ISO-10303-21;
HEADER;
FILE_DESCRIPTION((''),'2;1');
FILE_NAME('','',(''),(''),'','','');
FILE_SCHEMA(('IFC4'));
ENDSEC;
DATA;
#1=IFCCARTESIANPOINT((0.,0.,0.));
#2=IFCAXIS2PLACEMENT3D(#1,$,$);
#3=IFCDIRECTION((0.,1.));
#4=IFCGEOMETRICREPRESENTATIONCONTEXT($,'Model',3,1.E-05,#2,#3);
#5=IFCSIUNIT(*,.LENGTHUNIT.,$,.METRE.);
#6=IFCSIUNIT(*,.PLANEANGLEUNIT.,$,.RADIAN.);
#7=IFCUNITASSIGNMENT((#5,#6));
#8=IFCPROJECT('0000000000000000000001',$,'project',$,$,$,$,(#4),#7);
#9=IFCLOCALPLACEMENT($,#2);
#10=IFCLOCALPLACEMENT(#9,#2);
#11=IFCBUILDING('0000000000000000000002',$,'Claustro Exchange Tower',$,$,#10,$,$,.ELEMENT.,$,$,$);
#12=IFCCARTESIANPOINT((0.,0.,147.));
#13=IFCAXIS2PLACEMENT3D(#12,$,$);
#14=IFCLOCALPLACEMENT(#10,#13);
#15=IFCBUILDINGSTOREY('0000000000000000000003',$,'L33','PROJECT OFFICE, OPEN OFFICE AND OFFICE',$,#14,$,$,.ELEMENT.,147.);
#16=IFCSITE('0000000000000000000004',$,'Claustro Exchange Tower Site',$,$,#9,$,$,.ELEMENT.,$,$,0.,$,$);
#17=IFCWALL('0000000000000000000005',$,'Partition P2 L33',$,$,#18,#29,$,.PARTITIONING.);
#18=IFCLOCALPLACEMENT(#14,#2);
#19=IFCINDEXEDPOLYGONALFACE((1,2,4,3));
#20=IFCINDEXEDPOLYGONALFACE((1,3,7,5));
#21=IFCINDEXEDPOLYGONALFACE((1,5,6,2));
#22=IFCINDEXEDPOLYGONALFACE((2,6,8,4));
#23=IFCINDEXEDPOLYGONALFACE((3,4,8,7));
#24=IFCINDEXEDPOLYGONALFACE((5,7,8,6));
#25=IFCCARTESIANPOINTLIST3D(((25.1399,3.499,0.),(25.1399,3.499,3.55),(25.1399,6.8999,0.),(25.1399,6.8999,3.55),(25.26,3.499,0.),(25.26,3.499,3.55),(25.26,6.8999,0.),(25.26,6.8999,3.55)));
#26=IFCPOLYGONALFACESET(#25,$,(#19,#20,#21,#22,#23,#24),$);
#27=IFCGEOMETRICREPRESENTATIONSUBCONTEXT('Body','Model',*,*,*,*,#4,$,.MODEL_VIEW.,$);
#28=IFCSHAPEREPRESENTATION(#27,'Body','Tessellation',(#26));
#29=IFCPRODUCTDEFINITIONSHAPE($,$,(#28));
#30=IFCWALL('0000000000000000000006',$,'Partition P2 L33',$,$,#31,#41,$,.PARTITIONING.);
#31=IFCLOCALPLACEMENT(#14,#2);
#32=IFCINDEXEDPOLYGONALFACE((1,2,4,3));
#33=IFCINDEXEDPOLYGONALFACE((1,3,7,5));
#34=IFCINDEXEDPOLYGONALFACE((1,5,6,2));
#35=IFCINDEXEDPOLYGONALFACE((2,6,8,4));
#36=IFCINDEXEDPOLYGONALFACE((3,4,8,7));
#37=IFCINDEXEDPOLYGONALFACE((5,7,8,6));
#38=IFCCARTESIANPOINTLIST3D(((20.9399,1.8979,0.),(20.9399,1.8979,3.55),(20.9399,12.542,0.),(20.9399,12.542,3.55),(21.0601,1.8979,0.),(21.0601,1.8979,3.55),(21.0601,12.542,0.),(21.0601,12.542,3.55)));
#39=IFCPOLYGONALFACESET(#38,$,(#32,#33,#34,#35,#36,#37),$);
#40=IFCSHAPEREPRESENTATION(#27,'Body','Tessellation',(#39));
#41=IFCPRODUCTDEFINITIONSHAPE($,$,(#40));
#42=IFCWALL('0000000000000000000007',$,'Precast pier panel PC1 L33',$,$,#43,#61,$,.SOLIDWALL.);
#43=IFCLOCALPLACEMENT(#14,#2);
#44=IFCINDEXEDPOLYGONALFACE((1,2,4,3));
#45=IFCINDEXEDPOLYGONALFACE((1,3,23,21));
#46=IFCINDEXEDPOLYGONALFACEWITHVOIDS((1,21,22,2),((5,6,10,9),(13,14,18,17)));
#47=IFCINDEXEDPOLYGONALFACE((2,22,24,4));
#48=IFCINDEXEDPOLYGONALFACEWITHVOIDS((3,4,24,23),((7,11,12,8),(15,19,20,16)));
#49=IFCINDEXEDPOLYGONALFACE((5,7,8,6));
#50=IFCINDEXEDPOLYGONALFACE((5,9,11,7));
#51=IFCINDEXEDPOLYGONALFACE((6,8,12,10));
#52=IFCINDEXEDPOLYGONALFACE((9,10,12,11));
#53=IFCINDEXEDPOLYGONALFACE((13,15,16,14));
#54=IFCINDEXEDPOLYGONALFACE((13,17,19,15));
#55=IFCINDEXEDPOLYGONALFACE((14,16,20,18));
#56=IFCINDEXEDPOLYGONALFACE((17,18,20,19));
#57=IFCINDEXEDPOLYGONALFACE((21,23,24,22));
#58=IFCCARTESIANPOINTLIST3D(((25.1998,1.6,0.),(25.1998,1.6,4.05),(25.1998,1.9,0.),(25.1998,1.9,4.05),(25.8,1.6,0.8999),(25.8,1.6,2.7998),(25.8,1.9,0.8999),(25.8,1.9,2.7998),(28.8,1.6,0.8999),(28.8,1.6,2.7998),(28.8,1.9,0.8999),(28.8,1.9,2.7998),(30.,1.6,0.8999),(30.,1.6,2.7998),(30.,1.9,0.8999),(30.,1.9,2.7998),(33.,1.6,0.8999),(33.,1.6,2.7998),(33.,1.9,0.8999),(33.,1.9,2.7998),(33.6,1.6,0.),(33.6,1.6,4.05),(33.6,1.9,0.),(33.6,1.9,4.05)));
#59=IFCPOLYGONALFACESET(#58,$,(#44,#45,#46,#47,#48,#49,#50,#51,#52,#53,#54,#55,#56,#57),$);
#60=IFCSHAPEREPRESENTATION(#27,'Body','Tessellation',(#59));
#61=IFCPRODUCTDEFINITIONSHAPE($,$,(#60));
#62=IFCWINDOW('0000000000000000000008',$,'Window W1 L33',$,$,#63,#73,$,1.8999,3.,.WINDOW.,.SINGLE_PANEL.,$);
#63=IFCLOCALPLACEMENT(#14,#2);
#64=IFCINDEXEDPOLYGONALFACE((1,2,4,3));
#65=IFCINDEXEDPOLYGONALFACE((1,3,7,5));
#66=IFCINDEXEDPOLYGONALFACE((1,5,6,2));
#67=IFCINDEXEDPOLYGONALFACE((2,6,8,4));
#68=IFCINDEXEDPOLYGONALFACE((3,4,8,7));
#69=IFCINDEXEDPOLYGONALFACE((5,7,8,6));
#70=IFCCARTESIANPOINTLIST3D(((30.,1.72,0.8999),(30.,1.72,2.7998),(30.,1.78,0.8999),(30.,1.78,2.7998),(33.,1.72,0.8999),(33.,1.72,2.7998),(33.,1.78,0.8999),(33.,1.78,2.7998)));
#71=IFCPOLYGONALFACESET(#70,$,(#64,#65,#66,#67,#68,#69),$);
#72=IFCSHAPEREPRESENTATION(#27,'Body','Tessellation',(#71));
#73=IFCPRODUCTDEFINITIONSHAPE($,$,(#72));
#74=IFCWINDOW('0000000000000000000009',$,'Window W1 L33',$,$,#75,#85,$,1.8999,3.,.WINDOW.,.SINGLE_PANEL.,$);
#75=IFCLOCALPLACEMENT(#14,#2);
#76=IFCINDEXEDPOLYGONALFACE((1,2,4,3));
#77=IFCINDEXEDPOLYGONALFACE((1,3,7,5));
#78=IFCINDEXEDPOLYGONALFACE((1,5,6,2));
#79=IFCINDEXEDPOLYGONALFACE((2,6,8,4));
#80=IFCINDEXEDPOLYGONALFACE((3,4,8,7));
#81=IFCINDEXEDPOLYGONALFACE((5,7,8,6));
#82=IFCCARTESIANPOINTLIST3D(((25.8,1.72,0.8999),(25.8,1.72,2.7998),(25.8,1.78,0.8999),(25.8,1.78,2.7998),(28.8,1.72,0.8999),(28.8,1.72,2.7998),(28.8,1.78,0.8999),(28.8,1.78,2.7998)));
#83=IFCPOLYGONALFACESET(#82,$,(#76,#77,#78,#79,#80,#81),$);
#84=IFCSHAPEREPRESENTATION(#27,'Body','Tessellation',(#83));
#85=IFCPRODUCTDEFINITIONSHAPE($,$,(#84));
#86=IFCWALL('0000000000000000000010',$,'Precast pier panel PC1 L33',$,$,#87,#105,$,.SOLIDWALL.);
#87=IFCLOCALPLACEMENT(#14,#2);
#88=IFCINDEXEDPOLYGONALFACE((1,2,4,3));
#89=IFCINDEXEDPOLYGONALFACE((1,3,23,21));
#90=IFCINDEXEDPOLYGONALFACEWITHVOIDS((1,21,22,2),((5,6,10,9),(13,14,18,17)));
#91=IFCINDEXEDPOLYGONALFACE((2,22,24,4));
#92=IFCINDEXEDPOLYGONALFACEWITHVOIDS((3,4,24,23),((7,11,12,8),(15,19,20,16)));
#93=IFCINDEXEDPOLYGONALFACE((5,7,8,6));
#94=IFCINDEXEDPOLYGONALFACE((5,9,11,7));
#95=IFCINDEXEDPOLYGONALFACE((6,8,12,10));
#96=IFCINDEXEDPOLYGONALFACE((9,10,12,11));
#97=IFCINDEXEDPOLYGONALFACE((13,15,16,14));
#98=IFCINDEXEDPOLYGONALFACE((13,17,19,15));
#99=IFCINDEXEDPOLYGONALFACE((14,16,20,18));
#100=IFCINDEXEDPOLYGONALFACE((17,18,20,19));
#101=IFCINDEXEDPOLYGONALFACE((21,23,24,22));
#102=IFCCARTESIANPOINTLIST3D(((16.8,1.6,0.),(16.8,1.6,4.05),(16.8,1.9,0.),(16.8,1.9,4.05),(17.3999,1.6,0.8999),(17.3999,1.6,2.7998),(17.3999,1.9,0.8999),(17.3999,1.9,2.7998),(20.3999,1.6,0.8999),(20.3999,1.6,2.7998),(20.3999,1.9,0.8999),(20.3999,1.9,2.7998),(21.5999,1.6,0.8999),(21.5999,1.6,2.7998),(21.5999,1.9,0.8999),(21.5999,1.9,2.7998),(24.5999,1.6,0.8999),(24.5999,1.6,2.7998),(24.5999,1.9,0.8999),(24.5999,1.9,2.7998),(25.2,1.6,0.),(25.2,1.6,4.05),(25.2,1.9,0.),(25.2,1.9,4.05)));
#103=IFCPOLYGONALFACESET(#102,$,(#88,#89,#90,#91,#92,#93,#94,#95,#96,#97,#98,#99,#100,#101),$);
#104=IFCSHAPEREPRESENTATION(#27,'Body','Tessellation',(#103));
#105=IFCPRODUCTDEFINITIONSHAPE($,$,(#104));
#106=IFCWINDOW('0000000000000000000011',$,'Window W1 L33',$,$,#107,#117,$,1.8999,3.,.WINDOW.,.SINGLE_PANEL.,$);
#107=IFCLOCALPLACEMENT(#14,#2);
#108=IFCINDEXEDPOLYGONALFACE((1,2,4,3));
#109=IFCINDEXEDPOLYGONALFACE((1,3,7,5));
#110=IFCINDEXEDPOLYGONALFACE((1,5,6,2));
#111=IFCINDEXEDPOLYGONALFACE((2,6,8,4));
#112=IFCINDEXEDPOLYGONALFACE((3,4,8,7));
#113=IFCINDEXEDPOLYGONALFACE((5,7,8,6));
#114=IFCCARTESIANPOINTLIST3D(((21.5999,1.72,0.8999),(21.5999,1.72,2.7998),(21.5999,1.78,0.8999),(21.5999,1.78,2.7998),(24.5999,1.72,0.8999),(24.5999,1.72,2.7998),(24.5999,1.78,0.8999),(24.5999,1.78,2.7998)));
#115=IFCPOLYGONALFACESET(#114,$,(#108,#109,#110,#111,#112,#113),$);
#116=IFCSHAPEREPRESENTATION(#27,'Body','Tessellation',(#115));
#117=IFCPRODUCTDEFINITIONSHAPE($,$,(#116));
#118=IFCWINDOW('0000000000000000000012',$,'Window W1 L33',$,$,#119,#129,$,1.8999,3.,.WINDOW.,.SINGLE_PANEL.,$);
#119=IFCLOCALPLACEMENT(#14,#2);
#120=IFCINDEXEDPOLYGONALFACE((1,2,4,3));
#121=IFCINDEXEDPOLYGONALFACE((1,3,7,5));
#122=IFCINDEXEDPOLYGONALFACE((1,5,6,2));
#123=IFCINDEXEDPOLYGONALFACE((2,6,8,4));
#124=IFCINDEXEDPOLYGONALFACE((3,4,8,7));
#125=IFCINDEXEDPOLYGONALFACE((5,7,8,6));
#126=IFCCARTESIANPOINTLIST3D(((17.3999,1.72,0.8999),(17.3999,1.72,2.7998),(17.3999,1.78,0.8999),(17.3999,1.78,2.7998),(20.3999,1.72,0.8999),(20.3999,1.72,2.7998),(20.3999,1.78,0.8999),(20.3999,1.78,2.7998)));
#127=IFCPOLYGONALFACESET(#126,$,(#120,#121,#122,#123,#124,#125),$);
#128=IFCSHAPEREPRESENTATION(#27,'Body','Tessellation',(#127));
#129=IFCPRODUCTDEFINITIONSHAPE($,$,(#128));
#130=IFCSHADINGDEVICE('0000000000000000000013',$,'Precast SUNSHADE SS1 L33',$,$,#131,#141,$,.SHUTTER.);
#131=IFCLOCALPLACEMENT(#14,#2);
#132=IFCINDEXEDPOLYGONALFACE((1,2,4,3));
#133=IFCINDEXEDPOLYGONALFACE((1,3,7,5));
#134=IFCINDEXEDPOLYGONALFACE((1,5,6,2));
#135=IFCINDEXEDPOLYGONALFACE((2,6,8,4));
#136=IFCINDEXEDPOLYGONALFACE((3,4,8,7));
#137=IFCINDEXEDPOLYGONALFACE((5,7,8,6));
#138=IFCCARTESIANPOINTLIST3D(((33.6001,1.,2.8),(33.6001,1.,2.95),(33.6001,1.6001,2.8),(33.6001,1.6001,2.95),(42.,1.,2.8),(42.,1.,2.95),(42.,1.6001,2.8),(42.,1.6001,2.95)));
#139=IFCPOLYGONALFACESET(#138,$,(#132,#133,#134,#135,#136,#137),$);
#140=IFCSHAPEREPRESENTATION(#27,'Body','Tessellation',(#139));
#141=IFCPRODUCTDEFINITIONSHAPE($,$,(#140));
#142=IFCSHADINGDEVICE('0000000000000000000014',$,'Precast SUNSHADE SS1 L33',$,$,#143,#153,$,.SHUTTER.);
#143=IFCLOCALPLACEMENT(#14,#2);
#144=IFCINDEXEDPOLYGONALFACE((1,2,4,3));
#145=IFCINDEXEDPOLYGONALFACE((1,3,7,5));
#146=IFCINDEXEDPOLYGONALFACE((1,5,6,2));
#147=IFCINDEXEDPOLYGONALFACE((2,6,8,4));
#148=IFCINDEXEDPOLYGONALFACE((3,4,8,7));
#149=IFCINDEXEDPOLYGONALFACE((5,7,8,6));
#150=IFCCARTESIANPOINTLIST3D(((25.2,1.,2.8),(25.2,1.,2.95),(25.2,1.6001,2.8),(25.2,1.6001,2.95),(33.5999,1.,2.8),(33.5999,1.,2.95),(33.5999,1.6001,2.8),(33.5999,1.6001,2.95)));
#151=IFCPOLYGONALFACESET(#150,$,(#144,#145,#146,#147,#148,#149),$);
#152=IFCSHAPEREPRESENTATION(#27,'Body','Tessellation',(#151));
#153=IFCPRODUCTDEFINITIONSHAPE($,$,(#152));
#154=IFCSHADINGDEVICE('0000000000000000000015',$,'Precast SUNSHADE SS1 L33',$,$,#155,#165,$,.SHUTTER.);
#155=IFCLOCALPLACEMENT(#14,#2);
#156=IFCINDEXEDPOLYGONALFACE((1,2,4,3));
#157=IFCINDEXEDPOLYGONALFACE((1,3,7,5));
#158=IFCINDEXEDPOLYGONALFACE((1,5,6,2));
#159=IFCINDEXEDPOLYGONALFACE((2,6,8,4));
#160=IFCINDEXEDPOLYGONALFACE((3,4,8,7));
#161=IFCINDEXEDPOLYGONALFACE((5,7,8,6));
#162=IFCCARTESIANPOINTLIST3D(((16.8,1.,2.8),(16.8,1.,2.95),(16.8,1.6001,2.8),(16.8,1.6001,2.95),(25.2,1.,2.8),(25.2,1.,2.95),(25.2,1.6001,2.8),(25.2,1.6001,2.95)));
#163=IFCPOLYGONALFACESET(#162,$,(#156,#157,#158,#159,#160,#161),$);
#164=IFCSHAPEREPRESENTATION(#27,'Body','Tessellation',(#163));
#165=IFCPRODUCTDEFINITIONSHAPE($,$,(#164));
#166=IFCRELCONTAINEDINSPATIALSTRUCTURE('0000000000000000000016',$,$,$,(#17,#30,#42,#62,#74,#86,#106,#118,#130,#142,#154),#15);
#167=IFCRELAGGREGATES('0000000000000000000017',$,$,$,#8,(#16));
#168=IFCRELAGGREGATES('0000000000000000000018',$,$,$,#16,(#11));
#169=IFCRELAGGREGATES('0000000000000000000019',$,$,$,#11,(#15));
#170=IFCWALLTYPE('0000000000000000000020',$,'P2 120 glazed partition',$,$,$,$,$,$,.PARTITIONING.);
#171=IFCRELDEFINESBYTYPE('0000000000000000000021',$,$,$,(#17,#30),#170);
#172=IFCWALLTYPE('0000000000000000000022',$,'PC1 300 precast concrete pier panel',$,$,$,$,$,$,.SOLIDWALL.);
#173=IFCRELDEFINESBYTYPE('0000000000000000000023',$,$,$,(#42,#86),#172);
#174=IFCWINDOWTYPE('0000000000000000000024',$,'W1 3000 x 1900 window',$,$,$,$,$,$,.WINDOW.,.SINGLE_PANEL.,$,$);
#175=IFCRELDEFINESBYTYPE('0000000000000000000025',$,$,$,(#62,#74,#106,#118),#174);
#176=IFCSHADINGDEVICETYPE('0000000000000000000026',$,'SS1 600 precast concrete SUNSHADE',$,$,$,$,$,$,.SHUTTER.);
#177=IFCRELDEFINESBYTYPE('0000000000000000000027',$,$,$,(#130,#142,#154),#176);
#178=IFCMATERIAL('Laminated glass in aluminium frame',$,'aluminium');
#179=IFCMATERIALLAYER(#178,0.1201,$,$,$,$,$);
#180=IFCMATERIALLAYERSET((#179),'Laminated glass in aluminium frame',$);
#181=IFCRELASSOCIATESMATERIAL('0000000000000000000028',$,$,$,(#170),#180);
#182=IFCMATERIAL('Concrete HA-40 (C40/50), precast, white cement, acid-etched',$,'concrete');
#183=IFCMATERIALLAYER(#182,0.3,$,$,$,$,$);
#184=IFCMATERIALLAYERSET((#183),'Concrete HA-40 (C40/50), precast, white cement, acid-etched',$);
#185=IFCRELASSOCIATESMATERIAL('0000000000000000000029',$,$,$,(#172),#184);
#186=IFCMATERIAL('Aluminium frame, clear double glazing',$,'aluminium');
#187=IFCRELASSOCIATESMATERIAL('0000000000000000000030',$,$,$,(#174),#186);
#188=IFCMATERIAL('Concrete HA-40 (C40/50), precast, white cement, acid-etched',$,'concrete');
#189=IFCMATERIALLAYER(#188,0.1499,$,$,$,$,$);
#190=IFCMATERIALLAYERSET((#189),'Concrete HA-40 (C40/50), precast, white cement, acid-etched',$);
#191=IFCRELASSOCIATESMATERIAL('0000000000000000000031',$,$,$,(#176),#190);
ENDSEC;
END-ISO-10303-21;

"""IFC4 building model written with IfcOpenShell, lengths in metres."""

from ifc_helpers import new_model, si_unit, direction, frame, frame_2d, origin, origin_2d, place, context, subcontext, project, spatial, rectangle, extrude, material, layer, layer_set, type_object, element, fill, save


model = new_model("IFC4")

# Units and contexts
model_context = context("Model", 3, precision=1e-05, world=origin(), true_north=direction((0.0, 1.0)))
body_context = subcontext(model_context, "Body", "Model", "MODEL_VIEW")
ifc_project = project(units=[si_unit("LENGTHUNIT", "METRE"), si_unit("PLANEANGLEUNIT", "RADIAN")], contexts=[model_context])

# Site, building, storey
site_placement = place(None, origin())
site = spatial("IfcSite", under=ifc_project, at=site_placement, Name="Claustro Exchange Tower Site", CompositionType="ELEMENT", RefElevation=0.0)
building_placement = place(site_placement, origin())
building = spatial("IfcBuilding", under=site, at=building_placement, Name="Claustro Exchange Tower", CompositionType="ELEMENT")
storey_placement = place(building_placement, frame((0.0, 0.0, 147.0)))
storey = spatial("IfcBuildingStorey", under=building, at=storey_placement, Name="L33", Description="PROJECT OFFICE, OPEN OFFICE AND OFFICE", CompositionType="ELEMENT", Elevation=147.0)

# Shared definitions
ifc_material_1 = material(Name="Laminated glass in aluminium frame", Category="aluminium")
ifc_layer_1 = layer(ifc_material_1, 0.1201)
ifc_layer_set_1 = layer_set([ifc_layer_1], Name="Laminated glass in aluminium frame")
wall_type_1 = type_object("IfcWallType", Name="P2 120 glazed partition", PredefinedType="PARTITIONING", material=ifc_layer_set_1)

# Walls
wall_1_placement = place(storey_placement, frame((25.2, 3.499, 0.0), z_axis=(0.0, 0.0, 1.0), x_axis=(0.0, 1.0, 0.0)))
element("IfcWall", 1, at=wall_1_placement, inside=storey, type_object=wall_type_1, Name="Partition P2 L33", PredefinedType="PARTITIONING", context=body_context, shape_type="SweptSolid", body=[
    extrude(rectangle(XDim=3.4009, YDim=0.1201, at=frame_2d((1.7004, 0.0))), origin(), (0.0, 0.0, 1.0), 3.55),
])
wall_2_placement = place(storey_placement, frame((21.0, 1.8979, 0.0), z_axis=(0.0, 0.0, 1.0), x_axis=(0.0, 1.0, 0.0)))
element("IfcWall", 2, at=wall_2_placement, inside=storey, type_object=wall_type_1, Name="Partition P2 L33", PredefinedType="PARTITIONING", context=body_context, shape_type="SweptSolid", body=[
    extrude(rectangle(XDim=10.644, YDim=0.1201, at=frame_2d((5.322, 0.0))), origin(), (0.0, 0.0, 1.0), 3.55),
])

# Walls, openings, windows
ifc_material_2 = material(Name="Concrete HA-40 (C40/50), precast, white cement, acid-etched", Category="concrete")
ifc_layer_2 = layer(ifc_material_2, 0.3)
ifc_layer_set_2 = layer_set([ifc_layer_2], Name="Concrete HA-40 (C40/50), precast, white cement, acid-etched")
wall_type_2 = type_object("IfcWallType", Name="PC1 300 precast concrete pier panel", PredefinedType="SOLIDWALL", material=ifc_layer_set_2)
wall_3_placement = place(storey_placement, frame((33.6001, 1.75, 0.0), z_axis=(0.0, 0.0, 1.0), x_axis=(-1.0, 0.0, 0.0)))
wall_3 = element("IfcWall", 3, at=wall_3_placement, inside=storey, type_object=wall_type_2, Name="Precast pier panel PC1 L33", PredefinedType="SOLIDWALL", context=body_context, shape_type="SweptSolid", body=[
    extrude(rectangle(XDim=8.4001, YDim=0.3, at=frame_2d((4.2002, 0.0))), origin(), (0.0, 0.0, 1.0), 4.05),
])
opening_1_placement = place(wall_3_placement, frame((0.6001, 0.0, 0.8999)))
opening_1 = element("IfcOpeningElement", 4, at=opening_1_placement, cuts=wall_3, PredefinedType="OPENING", context=body_context, shape_type="SweptSolid", body=[
    extrude(rectangle(XDim=3.0, YDim=1.8999, at=frame_2d((1.5, 0.95))), frame((0.0, 0.1599, 0.0), z_axis=(0.0, -1.0, 0.0), x_axis=(1.0, 0.0, 0.0)), (0.0, 0.0, 1.0), 0.3201),
])
opening_2_placement = place(wall_3_placement, frame((4.8, 0.0, 0.8999)))
opening_2 = element("IfcOpeningElement", 5, at=opening_2_placement, cuts=wall_3, PredefinedType="OPENING", context=body_context, shape_type="SweptSolid", body=[
    extrude(rectangle(XDim=3.0, YDim=1.8999, at=frame_2d((1.5, 0.95))), frame((0.0, 0.1599, 0.0), z_axis=(0.0, -1.0, 0.0), x_axis=(1.0, 0.0, 0.0)), (0.0, 0.0, 1.0), 0.3201),
])
ifc_material_3 = material(Name="Aluminium frame, clear double glazing", Category="aluminium")
window_type = type_object("IfcWindowType", Name="W1 3000 x 1900 window", PartitioningType="SINGLE_PANEL", PredefinedType="WINDOW", material=ifc_material_3)
window_1_placement = place(opening_1_placement, origin())
window_1 = element("IfcWindow", 6, at=window_1_placement, inside=storey, type_object=window_type, Name="Window W1 L33", OverallHeight=1.8999, OverallWidth=3.0, PartitioningType="SINGLE_PANEL", PredefinedType="WINDOW", context=body_context, shape_type="SweptSolid", body=[
    extrude(rectangle(XDim=3.0, YDim=1.8999, at=frame_2d((1.5, 0.95))), frame((0.0, 0.03, 0.0), z_axis=(0.0, -1.0, 0.0), x_axis=(1.0, 0.0, 0.0)), (0.0, 0.0, 1.0), 0.0601),
])
fill(opening_1, window_1)
window_2_placement = place(opening_2_placement, origin())
window_2 = element("IfcWindow", 7, at=window_2_placement, inside=storey, type_object=window_type, Name="Window W1 L33", OverallHeight=1.8999, OverallWidth=3.0, PartitioningType="SINGLE_PANEL", PredefinedType="WINDOW", context=body_context, shape_type="SweptSolid", body=[
    extrude(rectangle(XDim=3.0, YDim=1.8999, at=frame_2d((1.5, 0.95))), frame((0.0, 0.03, 0.0), z_axis=(0.0, -1.0, 0.0), x_axis=(1.0, 0.0, 0.0)), (0.0, 0.0, 1.0), 0.0601),
])
fill(opening_2, window_2)
wall_4_placement = place(storey_placement, frame((25.2, 1.75, 0.0), z_axis=(0.0, 0.0, 1.0), x_axis=(-1.0, 0.0, 0.0)))
wall_4 = element("IfcWall", 8, at=wall_4_placement, inside=storey, type_object=wall_type_2, Name="Precast pier panel PC1 L33", PredefinedType="SOLIDWALL", context=body_context, shape_type="SweptSolid", body=[
    extrude(rectangle(XDim=8.3999, YDim=0.3, at=frame_2d((4.2, 0.0))), origin(), (0.0, 0.0, 1.0), 4.05),
])
opening_3_placement = place(wall_4_placement, frame((0.6001, 0.0, 0.8999)))
opening_3 = element("IfcOpeningElement", 9, at=opening_3_placement, cuts=wall_4, PredefinedType="OPENING", context=body_context, shape_type="SweptSolid", body=[
    extrude(rectangle(XDim=3.0, YDim=1.8999, at=frame_2d((1.5, 0.95))), frame((0.0, 0.1599, 0.0), z_axis=(0.0, -1.0, 0.0), x_axis=(1.0, 0.0, 0.0)), (0.0, 0.0, 1.0), 0.3201),
])
opening_4_placement = place(wall_4_placement, frame((4.8, 0.0, 0.8999)))
opening_4 = element("IfcOpeningElement", 10, at=opening_4_placement, cuts=wall_4, PredefinedType="OPENING", context=body_context, shape_type="SweptSolid", body=[
    extrude(rectangle(XDim=3.0, YDim=1.8999, at=frame_2d((1.5, 0.95))), frame((0.0, 0.1599, 0.0), z_axis=(0.0, -1.0, 0.0), x_axis=(1.0, 0.0, 0.0)), (0.0, 0.0, 1.0), 0.3201),
])
window_3_placement = place(opening_3_placement, origin())
window_3 = element("IfcWindow", 11, at=window_3_placement, inside=storey, type_object=window_type, Name="Window W1 L33", OverallHeight=1.8999, OverallWidth=3.0, PartitioningType="SINGLE_PANEL", PredefinedType="WINDOW", context=body_context, shape_type="SweptSolid", body=[
    extrude(rectangle(XDim=3.0, YDim=1.8999, at=frame_2d((1.5, 0.95))), frame((0.0, 0.03, 0.0), z_axis=(0.0, -1.0, 0.0), x_axis=(1.0, 0.0, 0.0)), (0.0, 0.0, 1.0), 0.0601),
])
fill(opening_3, window_3)
window_4_placement = place(opening_4_placement, origin())
window_4 = element("IfcWindow", 12, at=window_4_placement, inside=storey, type_object=window_type, Name="Window W1 L33", OverallHeight=1.8999, OverallWidth=3.0, PartitioningType="SINGLE_PANEL", PredefinedType="WINDOW", context=body_context, shape_type="SweptSolid", body=[
    extrude(rectangle(XDim=3.0, YDim=1.8999, at=frame_2d((1.5, 0.95))), frame((0.0, 0.03, 0.0), z_axis=(0.0, -1.0, 0.0), x_axis=(1.0, 0.0, 0.0)), (0.0, 0.0, 1.0), 0.0601),
])
fill(opening_4, window_4)

# Shading devices
ifc_material_4 = material(Name="Concrete HA-40 (C40/50), precast, white cement, acid-etched", Category="concrete")
ifc_layer_3 = layer(ifc_material_4, 0.1499)
ifc_layer_set_3 = layer_set([ifc_layer_3], Name="Concrete HA-40 (C40/50), precast, white cement, acid-etched")
shading_device_type = type_object("IfcShadingDeviceType", Name="SS1 600 precast concrete SUNSHADE", PredefinedType="SHUTTER", material=ifc_layer_set_3)
for number, where, z_axis, x_axis, name in (
    (13, (37.8, 1.3, 2.8), (0.0, 0.0, 1.0), (-1.0, 0.0, 0.0), "Precast SUNSHADE SS1 L33"),
    (14, (29.3999, 1.3, 2.8), (0.0, 0.0, 1.0), (-1.0, 0.0, 0.0), "Precast SUNSHADE SS1 L33"),
    (15, (21.0, 1.3, 2.8), (0.0, 0.0, 1.0), (-1.0, 0.0, 0.0), "Precast SUNSHADE SS1 L33"),
):
    element("IfcShadingDevice", number, at=place(storey_placement, frame(where, z_axis=z_axis, x_axis=x_axis)), inside=storey, type_object=shading_device_type, Name=name, PredefinedType="SHUTTER", context=body_context, shape_type="SweptSolid", body=[
        extrude(rectangle(XDim=8.3999, YDim=0.6001, at=origin_2d()), origin(), (0.0, 0.0, 1.0), 0.1499),
    ])

save(model, "model.ifc")
